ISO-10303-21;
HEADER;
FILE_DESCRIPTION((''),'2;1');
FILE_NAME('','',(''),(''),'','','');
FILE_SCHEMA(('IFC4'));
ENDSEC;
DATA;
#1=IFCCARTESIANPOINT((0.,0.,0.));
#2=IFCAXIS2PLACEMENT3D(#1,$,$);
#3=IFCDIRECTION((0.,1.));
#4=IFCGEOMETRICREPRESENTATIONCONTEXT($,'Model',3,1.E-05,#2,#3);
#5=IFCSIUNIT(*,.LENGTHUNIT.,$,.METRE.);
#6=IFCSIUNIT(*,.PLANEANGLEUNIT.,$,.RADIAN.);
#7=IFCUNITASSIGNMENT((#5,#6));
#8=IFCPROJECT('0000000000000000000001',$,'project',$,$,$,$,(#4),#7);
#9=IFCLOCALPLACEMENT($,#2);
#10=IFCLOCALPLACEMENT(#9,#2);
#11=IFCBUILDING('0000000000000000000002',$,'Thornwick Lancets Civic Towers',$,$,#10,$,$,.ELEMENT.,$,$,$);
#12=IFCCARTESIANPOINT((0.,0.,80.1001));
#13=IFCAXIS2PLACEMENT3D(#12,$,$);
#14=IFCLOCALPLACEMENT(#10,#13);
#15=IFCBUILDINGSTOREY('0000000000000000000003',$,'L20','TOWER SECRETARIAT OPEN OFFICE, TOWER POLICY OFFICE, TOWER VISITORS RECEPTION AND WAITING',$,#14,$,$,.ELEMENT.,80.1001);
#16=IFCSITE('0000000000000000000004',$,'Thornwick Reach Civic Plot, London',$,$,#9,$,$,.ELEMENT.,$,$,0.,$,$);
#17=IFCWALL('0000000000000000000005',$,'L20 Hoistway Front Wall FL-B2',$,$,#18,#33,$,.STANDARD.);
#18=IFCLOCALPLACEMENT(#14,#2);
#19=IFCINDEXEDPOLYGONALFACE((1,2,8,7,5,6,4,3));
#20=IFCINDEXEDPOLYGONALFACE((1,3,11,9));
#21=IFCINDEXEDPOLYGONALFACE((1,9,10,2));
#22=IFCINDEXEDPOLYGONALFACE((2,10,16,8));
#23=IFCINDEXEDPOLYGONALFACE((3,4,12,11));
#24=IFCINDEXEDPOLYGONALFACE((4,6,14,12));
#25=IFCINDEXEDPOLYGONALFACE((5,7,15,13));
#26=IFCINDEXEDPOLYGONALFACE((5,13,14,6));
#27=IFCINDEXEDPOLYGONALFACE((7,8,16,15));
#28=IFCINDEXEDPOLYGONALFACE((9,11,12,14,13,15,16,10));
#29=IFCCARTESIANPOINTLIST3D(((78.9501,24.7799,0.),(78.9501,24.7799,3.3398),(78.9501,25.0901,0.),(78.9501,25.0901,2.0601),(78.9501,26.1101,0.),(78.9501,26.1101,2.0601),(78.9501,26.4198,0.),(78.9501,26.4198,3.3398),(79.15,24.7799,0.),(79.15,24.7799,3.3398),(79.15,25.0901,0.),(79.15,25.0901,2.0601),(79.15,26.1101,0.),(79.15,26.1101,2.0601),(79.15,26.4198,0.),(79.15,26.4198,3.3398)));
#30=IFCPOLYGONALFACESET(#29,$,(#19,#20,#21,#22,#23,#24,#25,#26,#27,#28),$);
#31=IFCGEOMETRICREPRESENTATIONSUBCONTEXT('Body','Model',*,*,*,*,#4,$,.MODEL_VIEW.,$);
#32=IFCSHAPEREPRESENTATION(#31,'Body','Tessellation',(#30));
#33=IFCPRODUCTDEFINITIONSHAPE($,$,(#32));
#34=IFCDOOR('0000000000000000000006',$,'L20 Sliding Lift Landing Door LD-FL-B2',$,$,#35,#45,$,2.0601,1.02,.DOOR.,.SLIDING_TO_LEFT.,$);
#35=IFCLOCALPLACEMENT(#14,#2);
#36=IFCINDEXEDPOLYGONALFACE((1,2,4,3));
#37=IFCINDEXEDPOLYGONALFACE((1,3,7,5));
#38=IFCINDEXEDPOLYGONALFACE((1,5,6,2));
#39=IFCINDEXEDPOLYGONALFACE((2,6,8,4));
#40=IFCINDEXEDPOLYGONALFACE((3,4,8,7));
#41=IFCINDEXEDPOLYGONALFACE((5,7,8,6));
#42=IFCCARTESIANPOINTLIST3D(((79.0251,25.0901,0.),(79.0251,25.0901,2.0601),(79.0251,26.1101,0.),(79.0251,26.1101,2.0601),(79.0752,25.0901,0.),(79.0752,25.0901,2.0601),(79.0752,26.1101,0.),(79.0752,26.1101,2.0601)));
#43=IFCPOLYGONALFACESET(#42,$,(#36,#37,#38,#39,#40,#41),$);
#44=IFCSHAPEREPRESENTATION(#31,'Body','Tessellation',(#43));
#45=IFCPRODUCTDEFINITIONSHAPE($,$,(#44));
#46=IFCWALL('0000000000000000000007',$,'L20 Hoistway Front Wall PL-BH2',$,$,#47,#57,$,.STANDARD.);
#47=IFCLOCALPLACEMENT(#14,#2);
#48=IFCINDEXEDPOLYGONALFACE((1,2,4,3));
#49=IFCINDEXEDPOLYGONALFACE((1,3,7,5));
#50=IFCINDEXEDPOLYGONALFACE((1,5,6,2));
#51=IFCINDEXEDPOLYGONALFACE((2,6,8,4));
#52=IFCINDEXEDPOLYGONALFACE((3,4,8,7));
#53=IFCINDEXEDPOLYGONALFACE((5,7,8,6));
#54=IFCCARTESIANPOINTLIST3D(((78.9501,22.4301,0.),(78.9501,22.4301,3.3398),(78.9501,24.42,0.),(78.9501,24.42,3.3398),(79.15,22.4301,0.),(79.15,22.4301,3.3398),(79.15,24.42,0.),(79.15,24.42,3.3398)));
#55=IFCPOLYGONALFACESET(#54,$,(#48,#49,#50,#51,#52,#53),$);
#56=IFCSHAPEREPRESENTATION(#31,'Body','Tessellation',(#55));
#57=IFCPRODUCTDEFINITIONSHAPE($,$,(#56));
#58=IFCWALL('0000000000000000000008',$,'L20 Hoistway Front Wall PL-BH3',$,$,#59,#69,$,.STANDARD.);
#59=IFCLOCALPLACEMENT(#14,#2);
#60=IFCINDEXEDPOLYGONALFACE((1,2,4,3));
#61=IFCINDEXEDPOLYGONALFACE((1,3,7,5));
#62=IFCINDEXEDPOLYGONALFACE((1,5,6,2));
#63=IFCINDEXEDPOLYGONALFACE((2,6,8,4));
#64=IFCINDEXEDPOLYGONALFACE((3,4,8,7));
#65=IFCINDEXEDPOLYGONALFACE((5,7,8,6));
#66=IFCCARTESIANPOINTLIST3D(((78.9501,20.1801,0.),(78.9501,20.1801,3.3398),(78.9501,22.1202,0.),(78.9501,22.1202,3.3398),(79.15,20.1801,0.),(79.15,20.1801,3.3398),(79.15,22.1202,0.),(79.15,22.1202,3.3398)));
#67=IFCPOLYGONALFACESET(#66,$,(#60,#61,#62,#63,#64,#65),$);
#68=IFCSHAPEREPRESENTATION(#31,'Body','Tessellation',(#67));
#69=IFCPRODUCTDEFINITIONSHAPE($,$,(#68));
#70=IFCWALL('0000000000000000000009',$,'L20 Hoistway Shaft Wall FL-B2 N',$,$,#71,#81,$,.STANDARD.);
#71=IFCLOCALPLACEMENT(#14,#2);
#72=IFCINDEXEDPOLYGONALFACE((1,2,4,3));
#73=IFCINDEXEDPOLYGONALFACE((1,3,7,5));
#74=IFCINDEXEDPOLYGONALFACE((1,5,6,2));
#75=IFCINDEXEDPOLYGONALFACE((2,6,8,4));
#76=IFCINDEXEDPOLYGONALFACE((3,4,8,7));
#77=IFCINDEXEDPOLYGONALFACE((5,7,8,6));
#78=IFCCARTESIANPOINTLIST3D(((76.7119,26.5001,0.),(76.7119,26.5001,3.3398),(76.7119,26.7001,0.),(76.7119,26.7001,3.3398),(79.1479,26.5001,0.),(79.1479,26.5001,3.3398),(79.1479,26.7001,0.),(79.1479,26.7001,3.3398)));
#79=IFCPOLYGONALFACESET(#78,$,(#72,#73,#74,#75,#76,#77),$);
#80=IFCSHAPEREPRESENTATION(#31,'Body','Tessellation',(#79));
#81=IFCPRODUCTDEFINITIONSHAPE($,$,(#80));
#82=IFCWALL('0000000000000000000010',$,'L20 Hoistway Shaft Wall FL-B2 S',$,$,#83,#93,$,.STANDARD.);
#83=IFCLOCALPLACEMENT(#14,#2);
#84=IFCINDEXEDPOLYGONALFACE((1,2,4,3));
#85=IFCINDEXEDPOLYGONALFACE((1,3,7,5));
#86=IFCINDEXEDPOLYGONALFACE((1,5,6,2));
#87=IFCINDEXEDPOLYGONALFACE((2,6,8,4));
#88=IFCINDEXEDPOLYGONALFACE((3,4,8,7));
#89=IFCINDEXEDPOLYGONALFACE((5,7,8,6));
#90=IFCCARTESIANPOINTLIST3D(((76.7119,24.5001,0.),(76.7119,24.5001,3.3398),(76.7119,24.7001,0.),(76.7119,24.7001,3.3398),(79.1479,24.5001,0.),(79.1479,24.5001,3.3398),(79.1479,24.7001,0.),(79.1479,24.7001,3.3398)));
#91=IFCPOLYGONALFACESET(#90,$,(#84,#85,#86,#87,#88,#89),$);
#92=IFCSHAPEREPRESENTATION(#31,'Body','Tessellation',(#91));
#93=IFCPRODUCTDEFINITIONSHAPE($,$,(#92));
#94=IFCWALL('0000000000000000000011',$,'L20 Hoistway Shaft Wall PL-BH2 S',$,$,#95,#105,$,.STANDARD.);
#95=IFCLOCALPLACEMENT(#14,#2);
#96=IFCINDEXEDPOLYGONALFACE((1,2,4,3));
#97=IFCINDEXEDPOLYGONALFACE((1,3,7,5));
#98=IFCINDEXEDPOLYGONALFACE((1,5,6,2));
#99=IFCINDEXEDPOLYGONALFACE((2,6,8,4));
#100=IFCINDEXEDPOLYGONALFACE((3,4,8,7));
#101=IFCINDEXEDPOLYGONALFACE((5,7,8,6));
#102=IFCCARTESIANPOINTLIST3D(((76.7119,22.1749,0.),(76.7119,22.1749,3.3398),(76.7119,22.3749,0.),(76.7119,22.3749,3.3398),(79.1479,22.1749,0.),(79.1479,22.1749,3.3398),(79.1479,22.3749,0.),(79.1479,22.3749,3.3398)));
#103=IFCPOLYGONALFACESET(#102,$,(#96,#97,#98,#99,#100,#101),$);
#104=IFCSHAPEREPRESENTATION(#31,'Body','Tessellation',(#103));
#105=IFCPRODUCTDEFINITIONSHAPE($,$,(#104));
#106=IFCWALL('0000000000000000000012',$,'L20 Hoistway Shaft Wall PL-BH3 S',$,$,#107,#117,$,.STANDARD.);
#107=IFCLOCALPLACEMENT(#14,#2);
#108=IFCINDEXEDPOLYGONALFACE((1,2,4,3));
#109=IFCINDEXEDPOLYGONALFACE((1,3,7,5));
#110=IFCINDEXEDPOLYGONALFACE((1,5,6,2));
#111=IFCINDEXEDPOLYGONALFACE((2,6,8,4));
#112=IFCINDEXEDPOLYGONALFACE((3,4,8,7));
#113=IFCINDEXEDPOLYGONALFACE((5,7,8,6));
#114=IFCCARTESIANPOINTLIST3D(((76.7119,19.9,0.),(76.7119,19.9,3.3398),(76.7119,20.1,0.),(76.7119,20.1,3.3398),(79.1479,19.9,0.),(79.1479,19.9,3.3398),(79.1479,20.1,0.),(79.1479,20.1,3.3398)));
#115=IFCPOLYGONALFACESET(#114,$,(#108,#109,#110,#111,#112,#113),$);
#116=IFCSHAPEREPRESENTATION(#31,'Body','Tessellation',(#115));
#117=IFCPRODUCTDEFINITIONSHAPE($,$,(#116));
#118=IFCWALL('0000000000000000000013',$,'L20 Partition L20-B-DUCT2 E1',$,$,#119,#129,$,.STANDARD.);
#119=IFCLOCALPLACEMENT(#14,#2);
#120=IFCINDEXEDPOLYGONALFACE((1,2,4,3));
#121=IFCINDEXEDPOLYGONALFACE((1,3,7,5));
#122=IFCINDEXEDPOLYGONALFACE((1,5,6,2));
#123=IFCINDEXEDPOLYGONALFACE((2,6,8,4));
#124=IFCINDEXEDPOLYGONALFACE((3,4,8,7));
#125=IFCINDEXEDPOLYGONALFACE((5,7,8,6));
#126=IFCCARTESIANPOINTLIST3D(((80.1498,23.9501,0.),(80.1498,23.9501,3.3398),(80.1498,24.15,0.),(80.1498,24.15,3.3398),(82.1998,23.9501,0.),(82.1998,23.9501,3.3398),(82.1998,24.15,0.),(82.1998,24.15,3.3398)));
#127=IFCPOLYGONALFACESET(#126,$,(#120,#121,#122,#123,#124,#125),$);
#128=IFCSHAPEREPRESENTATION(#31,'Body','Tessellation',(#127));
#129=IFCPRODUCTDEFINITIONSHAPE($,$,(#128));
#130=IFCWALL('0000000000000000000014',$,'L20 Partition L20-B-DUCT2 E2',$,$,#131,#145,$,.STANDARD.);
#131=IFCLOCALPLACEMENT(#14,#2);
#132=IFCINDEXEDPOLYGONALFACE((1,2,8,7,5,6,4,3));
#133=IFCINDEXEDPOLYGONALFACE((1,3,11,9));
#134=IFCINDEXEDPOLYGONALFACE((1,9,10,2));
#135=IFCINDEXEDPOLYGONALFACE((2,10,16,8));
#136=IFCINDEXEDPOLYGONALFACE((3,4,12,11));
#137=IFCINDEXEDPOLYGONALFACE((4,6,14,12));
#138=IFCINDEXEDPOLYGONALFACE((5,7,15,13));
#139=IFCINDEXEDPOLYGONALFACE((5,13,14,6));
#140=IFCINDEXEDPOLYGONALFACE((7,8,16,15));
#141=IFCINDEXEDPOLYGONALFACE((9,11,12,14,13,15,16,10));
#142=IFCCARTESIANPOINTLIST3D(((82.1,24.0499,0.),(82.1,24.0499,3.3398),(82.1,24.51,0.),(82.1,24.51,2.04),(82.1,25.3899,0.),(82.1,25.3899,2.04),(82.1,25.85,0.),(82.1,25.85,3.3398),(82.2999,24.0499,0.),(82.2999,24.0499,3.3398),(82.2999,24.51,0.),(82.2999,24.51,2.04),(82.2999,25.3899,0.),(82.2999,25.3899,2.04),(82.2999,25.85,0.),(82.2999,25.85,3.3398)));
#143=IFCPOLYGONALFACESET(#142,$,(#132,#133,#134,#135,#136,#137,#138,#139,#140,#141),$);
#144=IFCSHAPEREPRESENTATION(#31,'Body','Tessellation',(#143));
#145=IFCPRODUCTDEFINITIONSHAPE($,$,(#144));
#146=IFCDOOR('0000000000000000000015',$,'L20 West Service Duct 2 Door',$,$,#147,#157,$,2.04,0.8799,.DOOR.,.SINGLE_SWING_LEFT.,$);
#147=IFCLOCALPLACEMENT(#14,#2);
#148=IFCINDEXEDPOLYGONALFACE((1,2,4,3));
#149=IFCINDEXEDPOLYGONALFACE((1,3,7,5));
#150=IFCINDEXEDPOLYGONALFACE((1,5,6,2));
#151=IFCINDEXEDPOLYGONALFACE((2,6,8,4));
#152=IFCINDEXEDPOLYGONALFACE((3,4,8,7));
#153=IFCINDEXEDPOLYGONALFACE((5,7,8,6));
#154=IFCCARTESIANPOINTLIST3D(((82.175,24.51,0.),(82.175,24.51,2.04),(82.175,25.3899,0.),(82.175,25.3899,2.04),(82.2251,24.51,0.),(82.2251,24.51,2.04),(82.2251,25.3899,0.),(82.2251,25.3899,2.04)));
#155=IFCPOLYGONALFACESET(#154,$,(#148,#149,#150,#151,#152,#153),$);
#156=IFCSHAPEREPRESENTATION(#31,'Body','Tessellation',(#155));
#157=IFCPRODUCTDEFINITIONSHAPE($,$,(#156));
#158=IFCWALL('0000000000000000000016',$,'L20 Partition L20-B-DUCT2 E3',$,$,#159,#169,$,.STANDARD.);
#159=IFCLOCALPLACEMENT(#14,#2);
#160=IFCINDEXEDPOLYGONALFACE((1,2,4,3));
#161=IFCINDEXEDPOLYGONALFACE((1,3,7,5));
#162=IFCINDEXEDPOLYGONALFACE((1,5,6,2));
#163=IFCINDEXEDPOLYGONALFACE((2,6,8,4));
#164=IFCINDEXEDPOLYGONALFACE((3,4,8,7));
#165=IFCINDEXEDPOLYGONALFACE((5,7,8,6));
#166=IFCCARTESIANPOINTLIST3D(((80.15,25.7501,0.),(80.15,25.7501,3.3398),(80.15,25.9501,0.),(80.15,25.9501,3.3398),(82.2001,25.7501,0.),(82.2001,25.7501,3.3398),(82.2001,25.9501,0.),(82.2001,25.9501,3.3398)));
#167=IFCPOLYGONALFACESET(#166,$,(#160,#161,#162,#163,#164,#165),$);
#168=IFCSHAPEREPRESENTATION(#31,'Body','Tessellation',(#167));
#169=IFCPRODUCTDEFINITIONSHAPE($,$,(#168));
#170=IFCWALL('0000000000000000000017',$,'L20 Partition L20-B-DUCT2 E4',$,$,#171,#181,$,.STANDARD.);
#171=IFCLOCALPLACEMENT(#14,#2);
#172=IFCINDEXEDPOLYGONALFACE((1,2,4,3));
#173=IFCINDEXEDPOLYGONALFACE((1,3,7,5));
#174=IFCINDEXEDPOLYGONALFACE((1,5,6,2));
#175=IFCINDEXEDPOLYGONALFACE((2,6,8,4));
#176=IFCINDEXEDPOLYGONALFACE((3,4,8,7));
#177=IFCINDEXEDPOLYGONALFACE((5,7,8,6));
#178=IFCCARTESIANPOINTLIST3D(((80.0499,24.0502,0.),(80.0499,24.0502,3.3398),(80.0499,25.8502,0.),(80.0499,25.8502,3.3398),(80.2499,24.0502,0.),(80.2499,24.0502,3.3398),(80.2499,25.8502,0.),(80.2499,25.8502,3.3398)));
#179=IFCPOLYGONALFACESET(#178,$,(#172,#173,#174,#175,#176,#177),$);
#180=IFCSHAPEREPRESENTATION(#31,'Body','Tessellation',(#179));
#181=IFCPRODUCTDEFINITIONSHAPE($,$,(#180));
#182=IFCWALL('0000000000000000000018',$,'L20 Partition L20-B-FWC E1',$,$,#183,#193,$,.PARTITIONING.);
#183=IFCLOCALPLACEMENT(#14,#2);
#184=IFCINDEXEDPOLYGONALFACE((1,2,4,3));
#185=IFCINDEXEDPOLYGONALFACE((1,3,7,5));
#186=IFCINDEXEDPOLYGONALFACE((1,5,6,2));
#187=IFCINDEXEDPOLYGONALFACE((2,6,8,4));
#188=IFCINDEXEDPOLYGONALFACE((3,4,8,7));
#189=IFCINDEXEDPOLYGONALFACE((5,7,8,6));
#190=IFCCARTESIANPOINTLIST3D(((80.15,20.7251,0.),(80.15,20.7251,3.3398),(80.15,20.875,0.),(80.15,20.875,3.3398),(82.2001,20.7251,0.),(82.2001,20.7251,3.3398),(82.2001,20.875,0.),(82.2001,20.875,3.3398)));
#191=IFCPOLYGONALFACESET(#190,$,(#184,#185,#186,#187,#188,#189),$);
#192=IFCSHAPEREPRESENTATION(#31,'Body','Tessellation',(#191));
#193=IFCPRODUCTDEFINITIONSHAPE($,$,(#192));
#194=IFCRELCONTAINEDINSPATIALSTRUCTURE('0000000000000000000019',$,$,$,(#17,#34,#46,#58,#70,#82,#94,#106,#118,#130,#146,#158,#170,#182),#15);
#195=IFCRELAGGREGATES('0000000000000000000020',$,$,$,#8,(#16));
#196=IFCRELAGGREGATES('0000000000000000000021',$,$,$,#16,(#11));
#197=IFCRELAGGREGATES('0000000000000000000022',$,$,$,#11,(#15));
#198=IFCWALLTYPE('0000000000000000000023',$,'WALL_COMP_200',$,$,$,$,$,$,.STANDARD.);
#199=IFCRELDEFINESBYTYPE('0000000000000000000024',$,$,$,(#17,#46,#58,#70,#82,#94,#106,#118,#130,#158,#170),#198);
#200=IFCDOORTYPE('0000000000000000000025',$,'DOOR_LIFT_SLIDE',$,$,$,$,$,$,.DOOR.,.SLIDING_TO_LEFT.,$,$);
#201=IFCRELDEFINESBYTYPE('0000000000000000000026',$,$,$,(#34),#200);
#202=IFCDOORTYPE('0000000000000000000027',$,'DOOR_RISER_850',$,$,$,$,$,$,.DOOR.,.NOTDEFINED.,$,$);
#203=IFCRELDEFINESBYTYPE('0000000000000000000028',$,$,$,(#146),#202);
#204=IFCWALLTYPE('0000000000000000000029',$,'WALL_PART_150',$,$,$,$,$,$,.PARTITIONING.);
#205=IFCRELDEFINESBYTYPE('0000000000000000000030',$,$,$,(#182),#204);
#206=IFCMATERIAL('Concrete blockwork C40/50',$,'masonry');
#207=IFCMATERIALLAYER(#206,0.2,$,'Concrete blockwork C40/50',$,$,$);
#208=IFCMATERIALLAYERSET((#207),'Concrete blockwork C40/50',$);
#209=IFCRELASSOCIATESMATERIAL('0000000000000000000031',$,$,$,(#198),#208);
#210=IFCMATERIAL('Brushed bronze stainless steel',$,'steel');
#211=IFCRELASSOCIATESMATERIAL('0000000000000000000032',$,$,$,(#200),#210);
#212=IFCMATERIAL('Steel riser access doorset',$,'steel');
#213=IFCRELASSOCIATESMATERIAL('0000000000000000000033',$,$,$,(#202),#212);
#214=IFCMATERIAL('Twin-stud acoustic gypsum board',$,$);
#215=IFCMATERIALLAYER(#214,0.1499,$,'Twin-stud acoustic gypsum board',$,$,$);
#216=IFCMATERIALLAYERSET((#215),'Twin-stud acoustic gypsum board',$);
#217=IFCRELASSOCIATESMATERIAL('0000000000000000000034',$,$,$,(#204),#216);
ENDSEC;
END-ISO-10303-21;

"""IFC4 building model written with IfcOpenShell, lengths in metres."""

from ifc_helpers import new_model, si_unit, direction, frame, frame_2d, origin, place, context, subcontext, project, spatial, rectangle, extrude, material, layer, layer_set, type_object, element, fill, save


model = new_model("IFC4")

# Units and contexts
model_context = context("Model", 3, precision=1e-05, world=origin(), true_north=direction((0.0, 1.0)))
body_context = subcontext(model_context, "Body", "Model", "MODEL_VIEW")
ifc_project = project(units=[si_unit("LENGTHUNIT", "METRE"), si_unit("PLANEANGLEUNIT", "RADIAN")], contexts=[model_context])

# Site, building, storey
site_placement = place(None, origin())
site = spatial("IfcSite", under=ifc_project, at=site_placement, Name="Thornwick Reach Civic Plot, London", CompositionType="ELEMENT", RefElevation=0.0)
building_placement = place(site_placement, origin())
building = spatial("IfcBuilding", under=site, at=building_placement, Name="Thornwick Lancets Civic Towers", CompositionType="ELEMENT")
storey_placement = place(building_placement, frame((0.0, 0.0, 80.1001)))
storey = spatial("IfcBuildingStorey", under=building, at=storey_placement, Name="L20", Description="TOWER SECRETARIAT OPEN OFFICE, TOWER POLICY OFFICE, TOWER VISITORS RECEPTION AND WAITING", CompositionType="ELEMENT", Elevation=80.1001)

# Wall, opening, door
ifc_material_1 = material(Name="Concrete blockwork C40/50", Category="masonry")
ifc_layer_1 = layer(ifc_material_1, 0.2, Name="Concrete blockwork C40/50")
ifc_layer_set_1 = layer_set([ifc_layer_1], Name="Concrete blockwork C40/50")
wall_type_1 = type_object("IfcWallType", Name="WALL_COMP_200", PredefinedType="STANDARD", material=ifc_layer_set_1)
wall_1_placement = place(storey_placement, frame((79.05, 24.78, 0.0), z_axis=(0.0, 0.0, 1.0), x_axis=(0.0, 1.0, 0.0)))
wall_1 = element("IfcWall", 1, at=wall_1_placement, inside=storey, type_object=wall_type_1, Name="L20 Hoistway Front Wall FL-B2", PredefinedType="STANDARD", context=body_context, shape_type="SweptSolid", body=[
    extrude(rectangle(XDim=1.6399, YDim=0.2, at=frame_2d((0.8198, 0.0))), origin(), (0.0, 0.0, 1.0), 3.3398),
])
opening_1_placement = place(wall_1_placement, frame((0.3101, 0.0, 0.0)))
opening_1 = element("IfcOpeningElement", 2, at=opening_1_placement, cuts=wall_1, PredefinedType="OPENING", context=body_context, shape_type="SweptSolid", body=[
    extrude(rectangle(XDim=1.02, YDim=2.0601, at=frame_2d((0.51, 1.03))), frame((0.0, 0.1099, 0.0), z_axis=(0.0, -1.0, 0.0), x_axis=(1.0, 0.0, 0.0)), (0.0, 0.0, 1.0), 0.22),
])
ifc_material_2 = material(Name="Brushed bronze stainless steel", Category="steel")
door_type_1 = type_object("IfcDoorType", Name="DOOR_LIFT_SLIDE", OperationType="SLIDING_TO_LEFT", PredefinedType="DOOR", material=ifc_material_2)
door_1_placement = place(opening_1_placement, origin())
door_1 = element("IfcDoor", 3, at=door_1_placement, inside=storey, type_object=door_type_1, Name="L20 Sliding Lift Landing Door LD-FL-B2", OperationType="SLIDING_TO_LEFT", OverallHeight=2.0601, OverallWidth=1.02, PredefinedType="DOOR", context=body_context, shape_type="SweptSolid", body=[
    extrude(rectangle(XDim=1.02, YDim=2.0601, at=frame_2d((0.51, 1.03))), frame((0.0, 0.0249, 0.0), z_axis=(0.0, -1.0, 0.0), x_axis=(1.0, 0.0, 0.0)), (0.0, 0.0, 1.0), 0.05),
])
fill(opening_1, door_1)

# Walls
wall_2_placement = place(storey_placement, frame((79.05, 22.4299, 0.0), z_axis=(0.0, 0.0, 1.0), x_axis=(0.0, 1.0, 0.0)))
element("IfcWall", 4, at=wall_2_placement, inside=storey, type_object=wall_type_1, Name="L20 Hoistway Front Wall PL-BH2", PredefinedType="STANDARD", context=body_context, shape_type="SweptSolid", body=[
    extrude(rectangle(XDim=1.99, YDim=0.2, at=frame_2d((0.9951, 0.0))), origin(), (0.0, 0.0, 1.0), 3.3398),
])
wall_3_placement = place(storey_placement, frame((79.05, 20.1799, 0.0), z_axis=(0.0, 0.0, 1.0), x_axis=(0.0, 1.0, 0.0)))
element("IfcWall", 5, at=wall_3_placement, inside=storey, type_object=wall_type_1, Name="L20 Hoistway Front Wall PL-BH3", PredefinedType="STANDARD", context=body_context, shape_type="SweptSolid", body=[
    extrude(rectangle(XDim=1.9402, YDim=0.2, at=frame_2d((0.9702, 0.0))), origin(), (0.0, 0.0, 1.0), 3.3398),
])
for number, where, z_axis, x_axis, name in (
    (6, (76.7119, 26.6001, 0.0), (0.0, 0.0, 1.0), (1.0, 0.0, 0.0), "L20 Hoistway Shaft Wall FL-B2 N"),
    (7, (76.7119, 24.6001, 0.0), (0.0, 0.0, 1.0), (1.0, 0.0, 0.0), "L20 Hoistway Shaft Wall FL-B2 S"),
    (8, (76.7119, 22.2749, 0.0), (0.0, 0.0, 1.0), (1.0, 0.0, 0.0), "L20 Hoistway Shaft Wall PL-BH2 S"),
    (9, (76.7119, 20.0, 0.0), (0.0, 0.0, 1.0), (1.0, 0.0, 0.0), "L20 Hoistway Shaft Wall PL-BH3 S"),
):
    element("IfcWall", number, at=place(storey_placement, frame(where, z_axis=z_axis, x_axis=x_axis)), inside=storey, type_object=wall_type_1, Name=name, PredefinedType="STANDARD", context=body_context, shape_type="SweptSolid", body=[
        extrude(rectangle(XDim=2.436, YDim=0.2, at=frame_2d((1.218, 0.0))), origin(), (0.0, 0.0, 1.0), 3.3398),
    ])
wall_4_placement = place(storey_placement, frame((80.1499, 24.05, 0.0), z_axis=(0.0, 0.0, 1.0), x_axis=(1.0, 0.0, 0.0)))
element("IfcWall", 10, at=wall_4_placement, inside=storey, type_object=wall_type_1, Name="L20 Partition L20-B-DUCT2 E1", PredefinedType="STANDARD", context=body_context, shape_type="SweptSolid", body=[
    extrude(rectangle(XDim=2.05, YDim=0.2, at=frame_2d((1.0249, 0.0))), origin(), (0.0, 0.0, 1.0), 3.3398),
])

# Wall, opening, door
wall_5_placement = place(storey_placement, frame((82.2, 24.05, 0.0), z_axis=(0.0, 0.0, 1.0), x_axis=(0.0, 1.0, 0.0)))
wall_5 = element("IfcWall", 11, at=wall_5_placement, inside=storey, type_object=wall_type_1, Name="L20 Partition L20-B-DUCT2 E2", PredefinedType="STANDARD", context=body_context, shape_type="SweptSolid", body=[
    extrude(rectangle(XDim=1.8, YDim=0.2, at=frame_2d((0.8999, 0.0))), origin(), (0.0, 0.0, 1.0), 3.3398),
])
opening_2_placement = place(wall_5_placement, frame((0.46, 0.0, 0.0)))
opening_2 = element("IfcOpeningElement", 12, at=opening_2_placement, cuts=wall_5, PredefinedType="OPENING", context=body_context, shape_type="SweptSolid", body=[
    extrude(rectangle(XDim=0.8799, YDim=2.04, at=frame_2d((0.4399, 1.02))), frame((0.0, 0.1099, 0.0), z_axis=(0.0, -1.0, 0.0), x_axis=(1.0, 0.0, 0.0)), (0.0, 0.0, 1.0), 0.22),
])
ifc_material_3 = material(Name="Steel riser access doorset", Category="steel")
door_type_2 = type_object("IfcDoorType", Name="DOOR_RISER_850", OperationType="NOTDEFINED", PredefinedType="DOOR", material=ifc_material_3)
door_2_placement = place(opening_2_placement, origin())
door_2 = element("IfcDoor", 13, at=door_2_placement, inside=storey, type_object=door_type_2, Name="L20 West Service Duct 2 Door", OperationType="SINGLE_SWING_LEFT", OverallHeight=2.04, OverallWidth=0.8799, PredefinedType="DOOR", context=body_context, shape_type="SweptSolid", body=[
    extrude(rectangle(XDim=0.8799, YDim=2.04, at=frame_2d((0.4399, 1.02))), frame((0.0, 0.0249, 0.0), z_axis=(0.0, -1.0, 0.0), x_axis=(1.0, 0.0, 0.0)), (0.0, 0.0, 1.0), 0.05),
])
fill(opening_2, door_2)

# Walls
wall_6_placement = place(storey_placement, frame((82.2, 25.8501, 0.0), z_axis=(0.0, 0.0, 1.0), x_axis=(-1.0, 0.0, 0.0)))
element("IfcWall", 14, at=wall_6_placement, inside=storey, type_object=wall_type_1, Name="L20 Partition L20-B-DUCT2 E3", PredefinedType="STANDARD", context=body_context, shape_type="SweptSolid", body=[
    extrude(rectangle(XDim=2.05, YDim=0.2, at=frame_2d((1.0249, 0.0))), origin(), (0.0, 0.0, 1.0), 3.3398),
])
wall_7_placement = place(storey_placement, frame((80.1499, 25.8501, 0.0), z_axis=(0.0, 0.0, 1.0), x_axis=(0.0, -1.0, 0.0)))
element("IfcWall", 15, at=wall_7_placement, inside=storey, type_object=wall_type_1, Name="L20 Partition L20-B-DUCT2 E4", PredefinedType="STANDARD", context=body_context, shape_type="SweptSolid", body=[
    extrude(rectangle(XDim=1.8, YDim=0.2, at=frame_2d((0.8999, 0.0))), origin(), (0.0, 0.0, 1.0), 3.3398),
])
ifc_material_4 = material(Name="Twin-stud acoustic gypsum board")
ifc_layer_2 = layer(ifc_material_4, 0.1499, Name="Twin-stud acoustic gypsum board")
ifc_layer_set_2 = layer_set([ifc_layer_2], Name="Twin-stud acoustic gypsum board")
wall_type_2 = type_object("IfcWallType", Name="WALL_PART_150", PredefinedType="PARTITIONING", material=ifc_layer_set_2)
wall_8_placement = place(storey_placement, frame((82.2, 20.8, 0.0), z_axis=(0.0, 0.0, 1.0), x_axis=(-1.0, 0.0, 0.0)))
element("IfcWall", 16, at=wall_8_placement, inside=storey, type_object=wall_type_2, Name="L20 Partition L20-B-FWC E1", PredefinedType="PARTITIONING", context=body_context, shape_type="SweptSolid", body=[
    extrude(rectangle(XDim=2.05, YDim=0.1499, at=frame_2d((1.0249, 0.0))), origin(), (0.0, 0.0, 1.0), 3.3398),
])

save(model, "model.ifc")
